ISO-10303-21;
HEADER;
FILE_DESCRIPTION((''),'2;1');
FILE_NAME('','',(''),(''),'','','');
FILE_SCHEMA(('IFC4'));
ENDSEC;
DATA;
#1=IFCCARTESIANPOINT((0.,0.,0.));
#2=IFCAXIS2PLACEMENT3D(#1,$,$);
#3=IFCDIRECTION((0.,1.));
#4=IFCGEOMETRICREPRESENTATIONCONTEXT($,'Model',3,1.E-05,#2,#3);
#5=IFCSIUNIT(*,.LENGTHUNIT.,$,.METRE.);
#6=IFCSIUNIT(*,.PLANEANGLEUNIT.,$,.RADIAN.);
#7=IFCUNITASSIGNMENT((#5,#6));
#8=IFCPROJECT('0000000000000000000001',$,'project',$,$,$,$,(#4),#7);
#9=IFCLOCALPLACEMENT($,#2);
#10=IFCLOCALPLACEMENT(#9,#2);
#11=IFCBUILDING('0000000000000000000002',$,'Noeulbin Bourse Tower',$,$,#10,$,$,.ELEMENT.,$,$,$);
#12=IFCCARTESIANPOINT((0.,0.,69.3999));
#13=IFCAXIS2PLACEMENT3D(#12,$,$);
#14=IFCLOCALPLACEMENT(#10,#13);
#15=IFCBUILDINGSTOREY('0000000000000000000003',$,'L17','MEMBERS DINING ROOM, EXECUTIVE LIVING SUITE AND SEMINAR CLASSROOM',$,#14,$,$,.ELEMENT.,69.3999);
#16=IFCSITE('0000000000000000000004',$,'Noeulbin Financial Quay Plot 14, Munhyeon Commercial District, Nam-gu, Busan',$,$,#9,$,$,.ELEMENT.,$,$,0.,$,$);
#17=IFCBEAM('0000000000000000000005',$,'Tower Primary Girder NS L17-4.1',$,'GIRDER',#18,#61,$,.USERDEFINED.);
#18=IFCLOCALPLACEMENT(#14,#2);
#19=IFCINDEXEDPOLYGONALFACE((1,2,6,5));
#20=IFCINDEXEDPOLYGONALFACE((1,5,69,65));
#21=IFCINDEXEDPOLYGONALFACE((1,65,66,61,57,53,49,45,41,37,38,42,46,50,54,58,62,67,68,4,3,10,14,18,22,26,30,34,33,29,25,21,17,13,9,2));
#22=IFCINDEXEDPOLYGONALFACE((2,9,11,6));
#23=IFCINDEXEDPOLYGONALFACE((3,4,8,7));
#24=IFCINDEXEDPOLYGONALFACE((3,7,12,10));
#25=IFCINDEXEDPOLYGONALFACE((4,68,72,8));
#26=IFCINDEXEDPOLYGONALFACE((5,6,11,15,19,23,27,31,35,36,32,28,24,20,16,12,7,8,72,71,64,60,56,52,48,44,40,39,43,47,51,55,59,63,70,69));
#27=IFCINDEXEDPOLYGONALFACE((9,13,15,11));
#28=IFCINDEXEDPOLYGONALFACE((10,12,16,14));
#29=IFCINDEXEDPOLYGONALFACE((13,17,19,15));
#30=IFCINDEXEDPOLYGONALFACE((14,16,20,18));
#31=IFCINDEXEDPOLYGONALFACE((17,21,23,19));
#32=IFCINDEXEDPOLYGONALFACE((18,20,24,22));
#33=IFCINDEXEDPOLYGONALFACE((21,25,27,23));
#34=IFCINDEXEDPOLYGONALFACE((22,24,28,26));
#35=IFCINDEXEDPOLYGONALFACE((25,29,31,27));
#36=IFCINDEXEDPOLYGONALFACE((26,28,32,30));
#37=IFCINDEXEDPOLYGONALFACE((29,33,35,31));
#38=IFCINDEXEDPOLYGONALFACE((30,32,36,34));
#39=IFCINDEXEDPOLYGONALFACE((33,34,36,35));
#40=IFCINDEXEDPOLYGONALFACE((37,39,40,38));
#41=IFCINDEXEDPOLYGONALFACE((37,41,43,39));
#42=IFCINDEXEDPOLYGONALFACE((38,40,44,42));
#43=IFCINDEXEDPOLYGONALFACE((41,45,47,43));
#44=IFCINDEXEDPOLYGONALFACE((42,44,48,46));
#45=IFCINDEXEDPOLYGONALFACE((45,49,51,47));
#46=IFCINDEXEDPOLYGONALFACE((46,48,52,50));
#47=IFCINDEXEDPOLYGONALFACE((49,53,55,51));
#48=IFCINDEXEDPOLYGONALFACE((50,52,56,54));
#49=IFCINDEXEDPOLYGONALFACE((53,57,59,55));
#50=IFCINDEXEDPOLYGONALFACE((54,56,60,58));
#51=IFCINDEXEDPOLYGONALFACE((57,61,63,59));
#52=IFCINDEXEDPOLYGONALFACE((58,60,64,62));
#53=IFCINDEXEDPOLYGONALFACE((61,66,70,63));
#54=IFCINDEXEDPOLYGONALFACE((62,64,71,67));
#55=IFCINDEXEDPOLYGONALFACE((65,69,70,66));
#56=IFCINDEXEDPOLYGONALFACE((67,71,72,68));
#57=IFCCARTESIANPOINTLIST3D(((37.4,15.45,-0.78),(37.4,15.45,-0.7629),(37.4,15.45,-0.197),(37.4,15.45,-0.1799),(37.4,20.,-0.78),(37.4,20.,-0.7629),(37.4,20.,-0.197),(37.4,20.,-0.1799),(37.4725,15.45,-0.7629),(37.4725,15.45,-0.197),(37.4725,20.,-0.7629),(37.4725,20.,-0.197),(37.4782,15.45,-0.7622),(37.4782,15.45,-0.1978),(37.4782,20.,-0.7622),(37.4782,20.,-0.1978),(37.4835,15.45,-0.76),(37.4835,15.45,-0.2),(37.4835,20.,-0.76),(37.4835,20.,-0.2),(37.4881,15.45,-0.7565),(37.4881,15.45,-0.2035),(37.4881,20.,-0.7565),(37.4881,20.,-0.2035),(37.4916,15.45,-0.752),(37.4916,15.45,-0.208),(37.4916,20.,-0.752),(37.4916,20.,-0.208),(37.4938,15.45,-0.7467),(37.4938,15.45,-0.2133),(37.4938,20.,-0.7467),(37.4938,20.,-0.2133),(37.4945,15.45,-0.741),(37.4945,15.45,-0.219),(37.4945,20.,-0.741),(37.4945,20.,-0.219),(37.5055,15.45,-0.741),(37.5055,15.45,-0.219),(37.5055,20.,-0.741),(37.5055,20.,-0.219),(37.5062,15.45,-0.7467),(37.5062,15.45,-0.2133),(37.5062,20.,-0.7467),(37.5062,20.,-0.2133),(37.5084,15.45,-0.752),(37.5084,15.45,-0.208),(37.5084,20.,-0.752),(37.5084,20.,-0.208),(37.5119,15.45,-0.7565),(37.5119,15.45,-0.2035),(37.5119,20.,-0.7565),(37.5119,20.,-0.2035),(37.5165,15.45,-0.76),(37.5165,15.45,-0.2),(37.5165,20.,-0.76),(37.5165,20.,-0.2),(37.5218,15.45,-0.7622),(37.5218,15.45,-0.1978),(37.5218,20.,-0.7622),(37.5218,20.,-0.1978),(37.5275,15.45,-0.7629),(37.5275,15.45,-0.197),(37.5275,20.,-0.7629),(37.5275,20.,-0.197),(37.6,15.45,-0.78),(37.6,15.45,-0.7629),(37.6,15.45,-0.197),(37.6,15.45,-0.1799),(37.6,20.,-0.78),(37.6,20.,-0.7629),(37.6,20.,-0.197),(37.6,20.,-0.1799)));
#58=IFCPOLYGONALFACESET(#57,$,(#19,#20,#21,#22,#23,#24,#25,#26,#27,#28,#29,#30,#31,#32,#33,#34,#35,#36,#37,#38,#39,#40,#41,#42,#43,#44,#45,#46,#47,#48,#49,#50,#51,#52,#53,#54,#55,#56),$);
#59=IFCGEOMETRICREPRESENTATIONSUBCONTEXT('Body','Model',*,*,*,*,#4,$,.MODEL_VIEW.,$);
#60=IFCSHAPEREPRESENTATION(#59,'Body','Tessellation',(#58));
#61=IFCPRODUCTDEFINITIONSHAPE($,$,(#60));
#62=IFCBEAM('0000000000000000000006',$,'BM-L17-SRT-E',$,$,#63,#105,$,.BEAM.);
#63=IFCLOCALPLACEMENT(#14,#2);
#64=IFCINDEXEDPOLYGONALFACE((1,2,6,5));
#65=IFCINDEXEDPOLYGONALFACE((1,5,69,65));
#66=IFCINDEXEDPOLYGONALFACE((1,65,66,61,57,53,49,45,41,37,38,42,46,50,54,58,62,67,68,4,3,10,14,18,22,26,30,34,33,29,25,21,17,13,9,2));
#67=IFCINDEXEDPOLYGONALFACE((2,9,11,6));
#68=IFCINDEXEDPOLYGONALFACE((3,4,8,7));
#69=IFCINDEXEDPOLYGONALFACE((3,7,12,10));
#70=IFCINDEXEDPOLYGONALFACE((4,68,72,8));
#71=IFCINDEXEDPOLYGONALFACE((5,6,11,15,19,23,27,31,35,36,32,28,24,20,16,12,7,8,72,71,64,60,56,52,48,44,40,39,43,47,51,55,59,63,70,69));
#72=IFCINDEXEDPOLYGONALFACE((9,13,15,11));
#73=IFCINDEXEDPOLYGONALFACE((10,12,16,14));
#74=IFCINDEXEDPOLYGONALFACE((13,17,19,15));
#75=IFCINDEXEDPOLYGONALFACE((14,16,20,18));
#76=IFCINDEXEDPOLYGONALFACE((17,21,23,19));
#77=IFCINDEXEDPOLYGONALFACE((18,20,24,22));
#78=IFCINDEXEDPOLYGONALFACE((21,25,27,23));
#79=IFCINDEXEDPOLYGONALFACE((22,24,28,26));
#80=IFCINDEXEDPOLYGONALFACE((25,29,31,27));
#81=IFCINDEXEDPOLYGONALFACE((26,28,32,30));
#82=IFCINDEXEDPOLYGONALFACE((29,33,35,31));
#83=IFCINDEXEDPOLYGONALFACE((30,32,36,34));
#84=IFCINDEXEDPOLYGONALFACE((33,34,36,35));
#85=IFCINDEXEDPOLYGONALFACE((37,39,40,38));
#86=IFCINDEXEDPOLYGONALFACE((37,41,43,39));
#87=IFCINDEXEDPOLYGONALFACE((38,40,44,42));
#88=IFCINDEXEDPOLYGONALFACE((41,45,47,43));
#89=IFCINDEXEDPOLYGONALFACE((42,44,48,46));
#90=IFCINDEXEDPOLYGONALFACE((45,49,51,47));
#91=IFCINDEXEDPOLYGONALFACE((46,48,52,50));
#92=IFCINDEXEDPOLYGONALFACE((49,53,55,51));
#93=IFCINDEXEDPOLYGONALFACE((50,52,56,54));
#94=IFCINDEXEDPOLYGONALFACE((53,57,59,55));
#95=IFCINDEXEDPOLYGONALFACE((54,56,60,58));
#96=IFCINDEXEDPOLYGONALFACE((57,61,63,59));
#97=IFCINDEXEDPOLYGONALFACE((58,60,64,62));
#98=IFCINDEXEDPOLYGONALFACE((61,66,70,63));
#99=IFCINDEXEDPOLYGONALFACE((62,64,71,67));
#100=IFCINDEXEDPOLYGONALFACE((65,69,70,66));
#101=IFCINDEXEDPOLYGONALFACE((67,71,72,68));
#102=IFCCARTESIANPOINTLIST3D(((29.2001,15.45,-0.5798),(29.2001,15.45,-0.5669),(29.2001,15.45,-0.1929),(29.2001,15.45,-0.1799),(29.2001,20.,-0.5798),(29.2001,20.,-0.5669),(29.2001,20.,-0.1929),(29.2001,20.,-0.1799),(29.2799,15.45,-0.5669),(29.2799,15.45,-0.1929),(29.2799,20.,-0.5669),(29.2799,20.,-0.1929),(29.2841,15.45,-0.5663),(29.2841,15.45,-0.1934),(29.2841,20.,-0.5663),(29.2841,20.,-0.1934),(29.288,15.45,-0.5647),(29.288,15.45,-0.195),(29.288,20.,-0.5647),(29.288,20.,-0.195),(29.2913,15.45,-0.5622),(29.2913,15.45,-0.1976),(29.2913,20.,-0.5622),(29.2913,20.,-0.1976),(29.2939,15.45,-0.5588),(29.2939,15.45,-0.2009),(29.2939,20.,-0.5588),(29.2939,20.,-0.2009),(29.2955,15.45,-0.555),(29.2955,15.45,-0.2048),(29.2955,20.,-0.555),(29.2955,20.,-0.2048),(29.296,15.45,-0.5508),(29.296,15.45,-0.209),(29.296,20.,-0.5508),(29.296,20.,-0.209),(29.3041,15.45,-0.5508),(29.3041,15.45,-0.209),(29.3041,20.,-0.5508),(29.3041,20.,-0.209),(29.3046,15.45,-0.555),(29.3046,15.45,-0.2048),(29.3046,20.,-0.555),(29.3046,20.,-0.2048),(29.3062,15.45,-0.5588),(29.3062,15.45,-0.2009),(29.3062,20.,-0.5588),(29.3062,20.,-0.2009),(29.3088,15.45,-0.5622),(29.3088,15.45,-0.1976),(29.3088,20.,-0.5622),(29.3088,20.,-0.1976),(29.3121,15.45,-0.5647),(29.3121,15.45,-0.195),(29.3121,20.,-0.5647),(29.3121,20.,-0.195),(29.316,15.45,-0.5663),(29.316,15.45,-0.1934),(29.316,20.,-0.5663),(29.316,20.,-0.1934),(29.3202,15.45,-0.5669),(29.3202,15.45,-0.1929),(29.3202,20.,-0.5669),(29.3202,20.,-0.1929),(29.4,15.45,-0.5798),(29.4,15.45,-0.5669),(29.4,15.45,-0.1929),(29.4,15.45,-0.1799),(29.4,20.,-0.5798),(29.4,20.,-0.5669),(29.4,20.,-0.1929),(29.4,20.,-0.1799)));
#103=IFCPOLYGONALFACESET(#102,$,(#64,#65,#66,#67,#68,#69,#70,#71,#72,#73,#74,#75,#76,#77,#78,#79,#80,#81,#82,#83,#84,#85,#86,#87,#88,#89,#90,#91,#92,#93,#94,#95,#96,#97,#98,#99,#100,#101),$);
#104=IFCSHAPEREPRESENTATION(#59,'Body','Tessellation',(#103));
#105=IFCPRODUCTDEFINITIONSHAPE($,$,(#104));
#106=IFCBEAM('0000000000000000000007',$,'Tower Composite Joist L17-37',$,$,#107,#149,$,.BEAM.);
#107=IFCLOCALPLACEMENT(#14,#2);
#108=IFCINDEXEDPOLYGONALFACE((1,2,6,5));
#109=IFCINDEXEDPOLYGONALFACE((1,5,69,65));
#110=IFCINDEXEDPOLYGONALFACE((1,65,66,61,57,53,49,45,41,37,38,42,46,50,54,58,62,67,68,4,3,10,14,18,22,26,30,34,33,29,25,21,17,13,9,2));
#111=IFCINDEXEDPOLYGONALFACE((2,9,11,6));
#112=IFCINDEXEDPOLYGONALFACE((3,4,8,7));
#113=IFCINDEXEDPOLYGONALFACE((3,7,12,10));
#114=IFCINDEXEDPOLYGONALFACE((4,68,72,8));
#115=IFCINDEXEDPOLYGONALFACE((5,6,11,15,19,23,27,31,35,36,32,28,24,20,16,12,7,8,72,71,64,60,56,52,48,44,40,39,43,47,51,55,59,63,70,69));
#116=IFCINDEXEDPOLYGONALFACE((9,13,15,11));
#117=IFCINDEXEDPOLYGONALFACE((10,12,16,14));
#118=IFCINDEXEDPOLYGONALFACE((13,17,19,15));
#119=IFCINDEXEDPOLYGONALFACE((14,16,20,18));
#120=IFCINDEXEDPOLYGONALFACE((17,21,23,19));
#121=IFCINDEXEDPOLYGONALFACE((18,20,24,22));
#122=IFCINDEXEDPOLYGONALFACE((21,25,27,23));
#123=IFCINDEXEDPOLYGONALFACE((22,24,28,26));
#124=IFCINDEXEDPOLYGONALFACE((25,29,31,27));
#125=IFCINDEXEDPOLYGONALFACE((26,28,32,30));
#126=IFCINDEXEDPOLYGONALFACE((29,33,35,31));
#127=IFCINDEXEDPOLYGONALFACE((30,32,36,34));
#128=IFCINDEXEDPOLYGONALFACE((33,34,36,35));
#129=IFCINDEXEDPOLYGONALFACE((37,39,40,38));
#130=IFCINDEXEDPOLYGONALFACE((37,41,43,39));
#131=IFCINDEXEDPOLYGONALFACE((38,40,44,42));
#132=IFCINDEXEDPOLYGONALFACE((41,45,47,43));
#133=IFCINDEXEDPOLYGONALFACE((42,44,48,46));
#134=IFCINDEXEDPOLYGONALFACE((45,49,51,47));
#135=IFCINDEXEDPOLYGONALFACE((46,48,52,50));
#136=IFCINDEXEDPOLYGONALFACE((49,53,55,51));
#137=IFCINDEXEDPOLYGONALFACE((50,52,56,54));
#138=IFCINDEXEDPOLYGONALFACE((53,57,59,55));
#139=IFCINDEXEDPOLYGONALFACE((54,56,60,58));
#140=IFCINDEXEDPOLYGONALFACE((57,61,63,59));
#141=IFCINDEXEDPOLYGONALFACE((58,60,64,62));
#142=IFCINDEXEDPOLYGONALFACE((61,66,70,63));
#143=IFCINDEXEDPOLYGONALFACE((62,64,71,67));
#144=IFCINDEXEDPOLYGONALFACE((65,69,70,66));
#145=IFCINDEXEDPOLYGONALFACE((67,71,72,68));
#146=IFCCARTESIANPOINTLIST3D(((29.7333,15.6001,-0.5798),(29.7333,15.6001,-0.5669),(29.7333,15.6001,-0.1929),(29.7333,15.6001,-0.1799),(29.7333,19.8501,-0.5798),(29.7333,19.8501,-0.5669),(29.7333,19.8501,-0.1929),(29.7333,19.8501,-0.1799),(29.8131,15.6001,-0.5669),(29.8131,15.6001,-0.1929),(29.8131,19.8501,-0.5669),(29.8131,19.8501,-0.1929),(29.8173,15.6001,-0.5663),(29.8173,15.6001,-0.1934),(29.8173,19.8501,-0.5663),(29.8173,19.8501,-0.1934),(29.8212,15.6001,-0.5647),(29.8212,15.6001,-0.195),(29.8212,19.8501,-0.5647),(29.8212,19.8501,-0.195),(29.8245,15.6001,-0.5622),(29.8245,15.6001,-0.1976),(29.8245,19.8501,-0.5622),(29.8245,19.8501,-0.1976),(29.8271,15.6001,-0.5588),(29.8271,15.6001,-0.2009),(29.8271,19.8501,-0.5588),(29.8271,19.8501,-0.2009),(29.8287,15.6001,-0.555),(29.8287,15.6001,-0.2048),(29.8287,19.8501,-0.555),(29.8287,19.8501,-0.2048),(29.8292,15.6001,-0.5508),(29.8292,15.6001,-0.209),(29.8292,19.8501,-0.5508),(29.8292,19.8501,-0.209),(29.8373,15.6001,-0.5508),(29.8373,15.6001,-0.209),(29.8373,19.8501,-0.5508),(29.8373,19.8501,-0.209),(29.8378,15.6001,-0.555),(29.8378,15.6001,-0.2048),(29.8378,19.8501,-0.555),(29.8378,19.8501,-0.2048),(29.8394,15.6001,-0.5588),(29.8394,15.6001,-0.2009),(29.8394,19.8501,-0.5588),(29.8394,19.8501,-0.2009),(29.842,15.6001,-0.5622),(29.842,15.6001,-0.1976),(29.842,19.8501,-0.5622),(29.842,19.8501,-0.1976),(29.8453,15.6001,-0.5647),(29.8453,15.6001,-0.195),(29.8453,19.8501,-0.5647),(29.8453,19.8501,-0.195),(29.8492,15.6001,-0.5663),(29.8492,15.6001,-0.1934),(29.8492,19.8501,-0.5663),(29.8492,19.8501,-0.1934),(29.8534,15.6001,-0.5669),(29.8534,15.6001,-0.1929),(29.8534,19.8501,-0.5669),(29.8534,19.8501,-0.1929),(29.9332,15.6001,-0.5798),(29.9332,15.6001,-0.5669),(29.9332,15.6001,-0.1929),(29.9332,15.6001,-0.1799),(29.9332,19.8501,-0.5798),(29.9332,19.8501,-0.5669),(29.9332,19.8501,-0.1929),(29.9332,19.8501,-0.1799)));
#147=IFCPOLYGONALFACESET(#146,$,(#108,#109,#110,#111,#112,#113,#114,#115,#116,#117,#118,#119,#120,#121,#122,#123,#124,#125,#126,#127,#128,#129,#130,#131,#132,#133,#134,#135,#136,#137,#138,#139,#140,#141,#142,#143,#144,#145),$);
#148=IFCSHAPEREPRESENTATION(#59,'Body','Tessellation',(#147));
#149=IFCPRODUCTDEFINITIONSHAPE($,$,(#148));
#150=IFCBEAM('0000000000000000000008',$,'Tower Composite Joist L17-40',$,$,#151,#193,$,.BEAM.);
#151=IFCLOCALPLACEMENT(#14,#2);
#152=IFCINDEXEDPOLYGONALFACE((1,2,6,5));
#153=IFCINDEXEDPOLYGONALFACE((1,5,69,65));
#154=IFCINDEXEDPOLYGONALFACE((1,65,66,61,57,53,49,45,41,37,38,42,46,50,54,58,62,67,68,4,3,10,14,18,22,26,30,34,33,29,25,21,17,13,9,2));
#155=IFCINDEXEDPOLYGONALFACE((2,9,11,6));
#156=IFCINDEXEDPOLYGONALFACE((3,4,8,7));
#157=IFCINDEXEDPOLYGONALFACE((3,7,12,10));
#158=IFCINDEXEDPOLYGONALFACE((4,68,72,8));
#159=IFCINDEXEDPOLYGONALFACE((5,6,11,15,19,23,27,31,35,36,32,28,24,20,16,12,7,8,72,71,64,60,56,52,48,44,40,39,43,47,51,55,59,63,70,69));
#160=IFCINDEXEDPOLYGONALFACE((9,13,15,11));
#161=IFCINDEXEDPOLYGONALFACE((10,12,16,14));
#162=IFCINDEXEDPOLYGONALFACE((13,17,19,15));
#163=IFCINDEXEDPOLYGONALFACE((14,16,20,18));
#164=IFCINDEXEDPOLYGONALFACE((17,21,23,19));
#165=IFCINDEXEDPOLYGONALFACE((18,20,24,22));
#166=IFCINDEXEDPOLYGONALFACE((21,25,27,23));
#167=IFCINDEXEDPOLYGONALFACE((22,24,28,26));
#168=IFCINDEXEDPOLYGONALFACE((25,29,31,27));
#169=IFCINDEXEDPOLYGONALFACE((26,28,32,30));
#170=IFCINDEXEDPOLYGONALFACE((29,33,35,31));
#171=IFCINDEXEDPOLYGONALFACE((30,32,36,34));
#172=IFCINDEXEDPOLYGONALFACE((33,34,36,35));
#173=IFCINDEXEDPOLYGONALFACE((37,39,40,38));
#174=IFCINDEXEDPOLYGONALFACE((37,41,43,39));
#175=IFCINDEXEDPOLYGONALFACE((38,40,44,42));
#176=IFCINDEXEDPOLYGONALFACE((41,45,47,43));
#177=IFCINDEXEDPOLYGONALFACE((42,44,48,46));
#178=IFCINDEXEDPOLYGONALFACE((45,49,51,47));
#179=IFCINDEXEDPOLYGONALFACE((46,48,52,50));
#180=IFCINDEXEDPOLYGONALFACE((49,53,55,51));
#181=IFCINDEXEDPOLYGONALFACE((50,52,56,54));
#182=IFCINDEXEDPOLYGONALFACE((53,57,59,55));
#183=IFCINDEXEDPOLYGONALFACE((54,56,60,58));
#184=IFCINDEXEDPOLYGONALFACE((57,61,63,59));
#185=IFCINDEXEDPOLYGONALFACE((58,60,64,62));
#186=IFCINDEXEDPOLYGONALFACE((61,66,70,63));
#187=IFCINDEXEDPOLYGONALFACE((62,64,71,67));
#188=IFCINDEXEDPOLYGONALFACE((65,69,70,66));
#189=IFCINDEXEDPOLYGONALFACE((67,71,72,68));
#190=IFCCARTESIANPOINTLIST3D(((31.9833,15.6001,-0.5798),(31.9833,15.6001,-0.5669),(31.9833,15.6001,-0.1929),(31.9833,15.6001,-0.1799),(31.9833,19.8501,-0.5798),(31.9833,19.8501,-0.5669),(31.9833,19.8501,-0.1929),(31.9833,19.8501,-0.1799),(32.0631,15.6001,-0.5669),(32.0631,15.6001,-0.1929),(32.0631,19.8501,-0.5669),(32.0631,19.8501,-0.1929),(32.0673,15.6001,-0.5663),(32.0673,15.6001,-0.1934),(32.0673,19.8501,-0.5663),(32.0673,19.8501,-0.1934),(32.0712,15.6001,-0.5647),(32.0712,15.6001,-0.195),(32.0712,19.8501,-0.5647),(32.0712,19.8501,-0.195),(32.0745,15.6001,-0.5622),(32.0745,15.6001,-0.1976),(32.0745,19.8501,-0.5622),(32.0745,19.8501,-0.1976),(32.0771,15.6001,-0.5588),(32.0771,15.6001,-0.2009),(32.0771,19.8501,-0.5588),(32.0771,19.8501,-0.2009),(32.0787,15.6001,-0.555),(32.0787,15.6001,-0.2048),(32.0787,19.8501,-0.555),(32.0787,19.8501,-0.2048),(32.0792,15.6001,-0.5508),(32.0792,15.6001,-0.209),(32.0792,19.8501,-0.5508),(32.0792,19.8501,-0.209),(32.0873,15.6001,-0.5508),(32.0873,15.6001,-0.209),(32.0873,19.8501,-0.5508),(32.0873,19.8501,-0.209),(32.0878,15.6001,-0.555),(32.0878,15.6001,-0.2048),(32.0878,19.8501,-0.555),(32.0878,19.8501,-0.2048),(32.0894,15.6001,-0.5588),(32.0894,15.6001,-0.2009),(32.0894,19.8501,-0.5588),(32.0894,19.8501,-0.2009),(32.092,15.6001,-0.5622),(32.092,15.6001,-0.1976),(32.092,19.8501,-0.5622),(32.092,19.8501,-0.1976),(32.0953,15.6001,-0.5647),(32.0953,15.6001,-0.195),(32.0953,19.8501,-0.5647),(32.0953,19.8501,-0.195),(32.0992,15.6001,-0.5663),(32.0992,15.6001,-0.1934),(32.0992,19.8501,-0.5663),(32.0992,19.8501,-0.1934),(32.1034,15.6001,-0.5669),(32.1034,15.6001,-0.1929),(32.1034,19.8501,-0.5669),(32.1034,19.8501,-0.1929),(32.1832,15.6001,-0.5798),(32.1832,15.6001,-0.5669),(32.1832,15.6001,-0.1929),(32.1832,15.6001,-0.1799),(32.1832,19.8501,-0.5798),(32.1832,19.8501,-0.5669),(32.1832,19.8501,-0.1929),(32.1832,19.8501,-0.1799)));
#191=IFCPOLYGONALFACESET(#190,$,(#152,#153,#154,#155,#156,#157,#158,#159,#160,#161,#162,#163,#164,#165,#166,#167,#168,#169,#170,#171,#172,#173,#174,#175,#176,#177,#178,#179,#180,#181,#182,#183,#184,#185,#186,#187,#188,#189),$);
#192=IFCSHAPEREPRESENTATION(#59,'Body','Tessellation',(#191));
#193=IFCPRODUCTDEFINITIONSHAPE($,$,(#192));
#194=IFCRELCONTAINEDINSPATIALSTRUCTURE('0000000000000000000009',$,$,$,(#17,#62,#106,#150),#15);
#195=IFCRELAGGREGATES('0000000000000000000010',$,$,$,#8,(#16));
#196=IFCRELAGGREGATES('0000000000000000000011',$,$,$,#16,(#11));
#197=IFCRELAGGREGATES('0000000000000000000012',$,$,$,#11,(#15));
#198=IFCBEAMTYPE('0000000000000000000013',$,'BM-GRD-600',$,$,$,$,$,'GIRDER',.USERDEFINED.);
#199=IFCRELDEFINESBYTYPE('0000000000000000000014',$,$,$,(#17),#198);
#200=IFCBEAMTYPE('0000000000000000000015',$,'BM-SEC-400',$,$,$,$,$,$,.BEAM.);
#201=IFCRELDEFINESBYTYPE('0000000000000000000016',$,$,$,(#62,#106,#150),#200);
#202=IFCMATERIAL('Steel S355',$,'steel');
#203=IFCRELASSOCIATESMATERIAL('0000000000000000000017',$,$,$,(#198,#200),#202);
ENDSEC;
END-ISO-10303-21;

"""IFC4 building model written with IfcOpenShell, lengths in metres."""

from ifc_helpers import new_model, si_unit, direction, frame, origin, origin_2d, place, context, subcontext, project, spatial, i_section, extrude, material, material_profile, profile_set, type_object, element, save


model = new_model("IFC4")

# Units and contexts
model_context = context("Model", 3, precision=1e-05, world=origin(), true_north=direction((0.0, 1.0)))
body_context = subcontext(model_context, "Body", "Model", "MODEL_VIEW")
ifc_project = project(units=[si_unit("LENGTHUNIT", "METRE"), si_unit("PLANEANGLEUNIT", "RADIAN")], contexts=[model_context])

# Site, building, storey
site_placement = place(None, origin())
site = spatial("IfcSite", under=ifc_project, at=site_placement, Name="Noeulbin Financial Quay Plot 14, Munhyeon Commercial District, Nam-gu, Busan", CompositionType="ELEMENT", RefElevation=0.0)
building_placement = place(site_placement, origin())
building = spatial("IfcBuilding", under=site, at=building_placement, Name="Noeulbin Bourse Tower", CompositionType="ELEMENT")
storey_placement = place(building_placement, frame((0.0, 0.0, 69.3999)))
storey = spatial("IfcBuildingStorey", under=building, at=storey_placement, Name="L17", Description="MEMBERS DINING ROOM, EXECUTIVE LIVING SUITE AND SEMINAR CLASSROOM", CompositionType="ELEMENT", Elevation=69.3999)

# Beams
ifc_material_1 = material(Name="Steel S355", Category="steel")
ifc_material_profile_1 = material_profile(ifc_material_1, i_section(OverallWidth=0.2, OverallDepth=0.6001, WebThickness=0.011, FlangeThickness=0.0171, FilletRadius=0.022, at=origin_2d()), Name="H-600x200x11x17", Category="LoadBearing")
ifc_profile_set_1 = profile_set([ifc_material_profile_1], Name="Steel S355")
beam_type_1 = type_object("IfcBeamType", Name="BM-GRD-600", ElementType="GIRDER", PredefinedType="USERDEFINED", material=ifc_profile_set_1)
for number, where, z_axis, x_axis, name in (
    (1, (37.5, 15.45, -0.48), (0.0, 1.0, 0.0), (-1.0, 0.0, 0.0), "Tower Primary Girder NS L17-4.1"),
):
    element("IfcBeam", number, at=place(storey_placement, frame(where, z_axis=z_axis, x_axis=x_axis)), inside=storey, type_object=beam_type_1, Name=name, ObjectType="GIRDER", PredefinedType="USERDEFINED", context=body_context, shape_type="SweptSolid", body=[
        extrude(i_section(OverallWidth=0.2, OverallDepth=0.6001, WebThickness=0.011, FlangeThickness=0.0171, FilletRadius=0.022, at=origin_2d()), origin(), (0.0, 0.0, 1.0), 4.55),
    ])
ifc_material_profile_2 = material_profile(ifc_material_1, i_section(OverallWidth=0.2, OverallDepth=0.3999, WebThickness=0.0081, FlangeThickness=0.0129, FilletRadius=0.0161, at=origin_2d()), Name="H-400x200x8x13", Category="LoadBearing")
ifc_profile_set_2 = profile_set([ifc_material_profile_2], Name="Steel S355")
beam_type_2 = type_object("IfcBeamType", Name="BM-SEC-400", PredefinedType="BEAM", material=ifc_profile_set_2)
beam_1_placement = place(storey_placement, frame((29.3, 15.45, -0.3799), z_axis=(0.0, 1.0, 0.0), x_axis=(-1.0, 0.0, 0.0)))
element("IfcBeam", 2, at=beam_1_placement, inside=storey, type_object=beam_type_2, Name="BM-L17-SRT-E", PredefinedType="BEAM", context=body_context, shape_type="SweptSolid", body=[
    extrude(i_section(OverallWidth=0.2, OverallDepth=0.3999, WebThickness=0.0081, FlangeThickness=0.0129, FilletRadius=0.0161, at=origin_2d()), origin(), (0.0, 0.0, 1.0), 4.55),
])
for number, where, z_axis, x_axis, name in (
    (3, (29.8333, 15.6001, -0.3799), (0.0, 1.0, 0.0), (-1.0, 0.0, 0.0), "Tower Composite Joist L17-37"),
    (4, (32.0833, 15.6001, -0.3799), (0.0, 1.0, 0.0), (-1.0, 0.0, 0.0), "Tower Composite Joist L17-40"),
):
    element("IfcBeam", number, at=place(storey_placement, frame(where, z_axis=z_axis, x_axis=x_axis)), inside=storey, type_object=beam_type_2, Name=name, PredefinedType="BEAM", context=body_context, shape_type="SweptSolid", body=[
        extrude(i_section(OverallWidth=0.2, OverallDepth=0.3999, WebThickness=0.0081, FlangeThickness=0.0129, FilletRadius=0.0161, at=origin_2d()), origin(), (0.0, 0.0, 1.0), 4.25),
    ])

save(model, "model.ifc")
